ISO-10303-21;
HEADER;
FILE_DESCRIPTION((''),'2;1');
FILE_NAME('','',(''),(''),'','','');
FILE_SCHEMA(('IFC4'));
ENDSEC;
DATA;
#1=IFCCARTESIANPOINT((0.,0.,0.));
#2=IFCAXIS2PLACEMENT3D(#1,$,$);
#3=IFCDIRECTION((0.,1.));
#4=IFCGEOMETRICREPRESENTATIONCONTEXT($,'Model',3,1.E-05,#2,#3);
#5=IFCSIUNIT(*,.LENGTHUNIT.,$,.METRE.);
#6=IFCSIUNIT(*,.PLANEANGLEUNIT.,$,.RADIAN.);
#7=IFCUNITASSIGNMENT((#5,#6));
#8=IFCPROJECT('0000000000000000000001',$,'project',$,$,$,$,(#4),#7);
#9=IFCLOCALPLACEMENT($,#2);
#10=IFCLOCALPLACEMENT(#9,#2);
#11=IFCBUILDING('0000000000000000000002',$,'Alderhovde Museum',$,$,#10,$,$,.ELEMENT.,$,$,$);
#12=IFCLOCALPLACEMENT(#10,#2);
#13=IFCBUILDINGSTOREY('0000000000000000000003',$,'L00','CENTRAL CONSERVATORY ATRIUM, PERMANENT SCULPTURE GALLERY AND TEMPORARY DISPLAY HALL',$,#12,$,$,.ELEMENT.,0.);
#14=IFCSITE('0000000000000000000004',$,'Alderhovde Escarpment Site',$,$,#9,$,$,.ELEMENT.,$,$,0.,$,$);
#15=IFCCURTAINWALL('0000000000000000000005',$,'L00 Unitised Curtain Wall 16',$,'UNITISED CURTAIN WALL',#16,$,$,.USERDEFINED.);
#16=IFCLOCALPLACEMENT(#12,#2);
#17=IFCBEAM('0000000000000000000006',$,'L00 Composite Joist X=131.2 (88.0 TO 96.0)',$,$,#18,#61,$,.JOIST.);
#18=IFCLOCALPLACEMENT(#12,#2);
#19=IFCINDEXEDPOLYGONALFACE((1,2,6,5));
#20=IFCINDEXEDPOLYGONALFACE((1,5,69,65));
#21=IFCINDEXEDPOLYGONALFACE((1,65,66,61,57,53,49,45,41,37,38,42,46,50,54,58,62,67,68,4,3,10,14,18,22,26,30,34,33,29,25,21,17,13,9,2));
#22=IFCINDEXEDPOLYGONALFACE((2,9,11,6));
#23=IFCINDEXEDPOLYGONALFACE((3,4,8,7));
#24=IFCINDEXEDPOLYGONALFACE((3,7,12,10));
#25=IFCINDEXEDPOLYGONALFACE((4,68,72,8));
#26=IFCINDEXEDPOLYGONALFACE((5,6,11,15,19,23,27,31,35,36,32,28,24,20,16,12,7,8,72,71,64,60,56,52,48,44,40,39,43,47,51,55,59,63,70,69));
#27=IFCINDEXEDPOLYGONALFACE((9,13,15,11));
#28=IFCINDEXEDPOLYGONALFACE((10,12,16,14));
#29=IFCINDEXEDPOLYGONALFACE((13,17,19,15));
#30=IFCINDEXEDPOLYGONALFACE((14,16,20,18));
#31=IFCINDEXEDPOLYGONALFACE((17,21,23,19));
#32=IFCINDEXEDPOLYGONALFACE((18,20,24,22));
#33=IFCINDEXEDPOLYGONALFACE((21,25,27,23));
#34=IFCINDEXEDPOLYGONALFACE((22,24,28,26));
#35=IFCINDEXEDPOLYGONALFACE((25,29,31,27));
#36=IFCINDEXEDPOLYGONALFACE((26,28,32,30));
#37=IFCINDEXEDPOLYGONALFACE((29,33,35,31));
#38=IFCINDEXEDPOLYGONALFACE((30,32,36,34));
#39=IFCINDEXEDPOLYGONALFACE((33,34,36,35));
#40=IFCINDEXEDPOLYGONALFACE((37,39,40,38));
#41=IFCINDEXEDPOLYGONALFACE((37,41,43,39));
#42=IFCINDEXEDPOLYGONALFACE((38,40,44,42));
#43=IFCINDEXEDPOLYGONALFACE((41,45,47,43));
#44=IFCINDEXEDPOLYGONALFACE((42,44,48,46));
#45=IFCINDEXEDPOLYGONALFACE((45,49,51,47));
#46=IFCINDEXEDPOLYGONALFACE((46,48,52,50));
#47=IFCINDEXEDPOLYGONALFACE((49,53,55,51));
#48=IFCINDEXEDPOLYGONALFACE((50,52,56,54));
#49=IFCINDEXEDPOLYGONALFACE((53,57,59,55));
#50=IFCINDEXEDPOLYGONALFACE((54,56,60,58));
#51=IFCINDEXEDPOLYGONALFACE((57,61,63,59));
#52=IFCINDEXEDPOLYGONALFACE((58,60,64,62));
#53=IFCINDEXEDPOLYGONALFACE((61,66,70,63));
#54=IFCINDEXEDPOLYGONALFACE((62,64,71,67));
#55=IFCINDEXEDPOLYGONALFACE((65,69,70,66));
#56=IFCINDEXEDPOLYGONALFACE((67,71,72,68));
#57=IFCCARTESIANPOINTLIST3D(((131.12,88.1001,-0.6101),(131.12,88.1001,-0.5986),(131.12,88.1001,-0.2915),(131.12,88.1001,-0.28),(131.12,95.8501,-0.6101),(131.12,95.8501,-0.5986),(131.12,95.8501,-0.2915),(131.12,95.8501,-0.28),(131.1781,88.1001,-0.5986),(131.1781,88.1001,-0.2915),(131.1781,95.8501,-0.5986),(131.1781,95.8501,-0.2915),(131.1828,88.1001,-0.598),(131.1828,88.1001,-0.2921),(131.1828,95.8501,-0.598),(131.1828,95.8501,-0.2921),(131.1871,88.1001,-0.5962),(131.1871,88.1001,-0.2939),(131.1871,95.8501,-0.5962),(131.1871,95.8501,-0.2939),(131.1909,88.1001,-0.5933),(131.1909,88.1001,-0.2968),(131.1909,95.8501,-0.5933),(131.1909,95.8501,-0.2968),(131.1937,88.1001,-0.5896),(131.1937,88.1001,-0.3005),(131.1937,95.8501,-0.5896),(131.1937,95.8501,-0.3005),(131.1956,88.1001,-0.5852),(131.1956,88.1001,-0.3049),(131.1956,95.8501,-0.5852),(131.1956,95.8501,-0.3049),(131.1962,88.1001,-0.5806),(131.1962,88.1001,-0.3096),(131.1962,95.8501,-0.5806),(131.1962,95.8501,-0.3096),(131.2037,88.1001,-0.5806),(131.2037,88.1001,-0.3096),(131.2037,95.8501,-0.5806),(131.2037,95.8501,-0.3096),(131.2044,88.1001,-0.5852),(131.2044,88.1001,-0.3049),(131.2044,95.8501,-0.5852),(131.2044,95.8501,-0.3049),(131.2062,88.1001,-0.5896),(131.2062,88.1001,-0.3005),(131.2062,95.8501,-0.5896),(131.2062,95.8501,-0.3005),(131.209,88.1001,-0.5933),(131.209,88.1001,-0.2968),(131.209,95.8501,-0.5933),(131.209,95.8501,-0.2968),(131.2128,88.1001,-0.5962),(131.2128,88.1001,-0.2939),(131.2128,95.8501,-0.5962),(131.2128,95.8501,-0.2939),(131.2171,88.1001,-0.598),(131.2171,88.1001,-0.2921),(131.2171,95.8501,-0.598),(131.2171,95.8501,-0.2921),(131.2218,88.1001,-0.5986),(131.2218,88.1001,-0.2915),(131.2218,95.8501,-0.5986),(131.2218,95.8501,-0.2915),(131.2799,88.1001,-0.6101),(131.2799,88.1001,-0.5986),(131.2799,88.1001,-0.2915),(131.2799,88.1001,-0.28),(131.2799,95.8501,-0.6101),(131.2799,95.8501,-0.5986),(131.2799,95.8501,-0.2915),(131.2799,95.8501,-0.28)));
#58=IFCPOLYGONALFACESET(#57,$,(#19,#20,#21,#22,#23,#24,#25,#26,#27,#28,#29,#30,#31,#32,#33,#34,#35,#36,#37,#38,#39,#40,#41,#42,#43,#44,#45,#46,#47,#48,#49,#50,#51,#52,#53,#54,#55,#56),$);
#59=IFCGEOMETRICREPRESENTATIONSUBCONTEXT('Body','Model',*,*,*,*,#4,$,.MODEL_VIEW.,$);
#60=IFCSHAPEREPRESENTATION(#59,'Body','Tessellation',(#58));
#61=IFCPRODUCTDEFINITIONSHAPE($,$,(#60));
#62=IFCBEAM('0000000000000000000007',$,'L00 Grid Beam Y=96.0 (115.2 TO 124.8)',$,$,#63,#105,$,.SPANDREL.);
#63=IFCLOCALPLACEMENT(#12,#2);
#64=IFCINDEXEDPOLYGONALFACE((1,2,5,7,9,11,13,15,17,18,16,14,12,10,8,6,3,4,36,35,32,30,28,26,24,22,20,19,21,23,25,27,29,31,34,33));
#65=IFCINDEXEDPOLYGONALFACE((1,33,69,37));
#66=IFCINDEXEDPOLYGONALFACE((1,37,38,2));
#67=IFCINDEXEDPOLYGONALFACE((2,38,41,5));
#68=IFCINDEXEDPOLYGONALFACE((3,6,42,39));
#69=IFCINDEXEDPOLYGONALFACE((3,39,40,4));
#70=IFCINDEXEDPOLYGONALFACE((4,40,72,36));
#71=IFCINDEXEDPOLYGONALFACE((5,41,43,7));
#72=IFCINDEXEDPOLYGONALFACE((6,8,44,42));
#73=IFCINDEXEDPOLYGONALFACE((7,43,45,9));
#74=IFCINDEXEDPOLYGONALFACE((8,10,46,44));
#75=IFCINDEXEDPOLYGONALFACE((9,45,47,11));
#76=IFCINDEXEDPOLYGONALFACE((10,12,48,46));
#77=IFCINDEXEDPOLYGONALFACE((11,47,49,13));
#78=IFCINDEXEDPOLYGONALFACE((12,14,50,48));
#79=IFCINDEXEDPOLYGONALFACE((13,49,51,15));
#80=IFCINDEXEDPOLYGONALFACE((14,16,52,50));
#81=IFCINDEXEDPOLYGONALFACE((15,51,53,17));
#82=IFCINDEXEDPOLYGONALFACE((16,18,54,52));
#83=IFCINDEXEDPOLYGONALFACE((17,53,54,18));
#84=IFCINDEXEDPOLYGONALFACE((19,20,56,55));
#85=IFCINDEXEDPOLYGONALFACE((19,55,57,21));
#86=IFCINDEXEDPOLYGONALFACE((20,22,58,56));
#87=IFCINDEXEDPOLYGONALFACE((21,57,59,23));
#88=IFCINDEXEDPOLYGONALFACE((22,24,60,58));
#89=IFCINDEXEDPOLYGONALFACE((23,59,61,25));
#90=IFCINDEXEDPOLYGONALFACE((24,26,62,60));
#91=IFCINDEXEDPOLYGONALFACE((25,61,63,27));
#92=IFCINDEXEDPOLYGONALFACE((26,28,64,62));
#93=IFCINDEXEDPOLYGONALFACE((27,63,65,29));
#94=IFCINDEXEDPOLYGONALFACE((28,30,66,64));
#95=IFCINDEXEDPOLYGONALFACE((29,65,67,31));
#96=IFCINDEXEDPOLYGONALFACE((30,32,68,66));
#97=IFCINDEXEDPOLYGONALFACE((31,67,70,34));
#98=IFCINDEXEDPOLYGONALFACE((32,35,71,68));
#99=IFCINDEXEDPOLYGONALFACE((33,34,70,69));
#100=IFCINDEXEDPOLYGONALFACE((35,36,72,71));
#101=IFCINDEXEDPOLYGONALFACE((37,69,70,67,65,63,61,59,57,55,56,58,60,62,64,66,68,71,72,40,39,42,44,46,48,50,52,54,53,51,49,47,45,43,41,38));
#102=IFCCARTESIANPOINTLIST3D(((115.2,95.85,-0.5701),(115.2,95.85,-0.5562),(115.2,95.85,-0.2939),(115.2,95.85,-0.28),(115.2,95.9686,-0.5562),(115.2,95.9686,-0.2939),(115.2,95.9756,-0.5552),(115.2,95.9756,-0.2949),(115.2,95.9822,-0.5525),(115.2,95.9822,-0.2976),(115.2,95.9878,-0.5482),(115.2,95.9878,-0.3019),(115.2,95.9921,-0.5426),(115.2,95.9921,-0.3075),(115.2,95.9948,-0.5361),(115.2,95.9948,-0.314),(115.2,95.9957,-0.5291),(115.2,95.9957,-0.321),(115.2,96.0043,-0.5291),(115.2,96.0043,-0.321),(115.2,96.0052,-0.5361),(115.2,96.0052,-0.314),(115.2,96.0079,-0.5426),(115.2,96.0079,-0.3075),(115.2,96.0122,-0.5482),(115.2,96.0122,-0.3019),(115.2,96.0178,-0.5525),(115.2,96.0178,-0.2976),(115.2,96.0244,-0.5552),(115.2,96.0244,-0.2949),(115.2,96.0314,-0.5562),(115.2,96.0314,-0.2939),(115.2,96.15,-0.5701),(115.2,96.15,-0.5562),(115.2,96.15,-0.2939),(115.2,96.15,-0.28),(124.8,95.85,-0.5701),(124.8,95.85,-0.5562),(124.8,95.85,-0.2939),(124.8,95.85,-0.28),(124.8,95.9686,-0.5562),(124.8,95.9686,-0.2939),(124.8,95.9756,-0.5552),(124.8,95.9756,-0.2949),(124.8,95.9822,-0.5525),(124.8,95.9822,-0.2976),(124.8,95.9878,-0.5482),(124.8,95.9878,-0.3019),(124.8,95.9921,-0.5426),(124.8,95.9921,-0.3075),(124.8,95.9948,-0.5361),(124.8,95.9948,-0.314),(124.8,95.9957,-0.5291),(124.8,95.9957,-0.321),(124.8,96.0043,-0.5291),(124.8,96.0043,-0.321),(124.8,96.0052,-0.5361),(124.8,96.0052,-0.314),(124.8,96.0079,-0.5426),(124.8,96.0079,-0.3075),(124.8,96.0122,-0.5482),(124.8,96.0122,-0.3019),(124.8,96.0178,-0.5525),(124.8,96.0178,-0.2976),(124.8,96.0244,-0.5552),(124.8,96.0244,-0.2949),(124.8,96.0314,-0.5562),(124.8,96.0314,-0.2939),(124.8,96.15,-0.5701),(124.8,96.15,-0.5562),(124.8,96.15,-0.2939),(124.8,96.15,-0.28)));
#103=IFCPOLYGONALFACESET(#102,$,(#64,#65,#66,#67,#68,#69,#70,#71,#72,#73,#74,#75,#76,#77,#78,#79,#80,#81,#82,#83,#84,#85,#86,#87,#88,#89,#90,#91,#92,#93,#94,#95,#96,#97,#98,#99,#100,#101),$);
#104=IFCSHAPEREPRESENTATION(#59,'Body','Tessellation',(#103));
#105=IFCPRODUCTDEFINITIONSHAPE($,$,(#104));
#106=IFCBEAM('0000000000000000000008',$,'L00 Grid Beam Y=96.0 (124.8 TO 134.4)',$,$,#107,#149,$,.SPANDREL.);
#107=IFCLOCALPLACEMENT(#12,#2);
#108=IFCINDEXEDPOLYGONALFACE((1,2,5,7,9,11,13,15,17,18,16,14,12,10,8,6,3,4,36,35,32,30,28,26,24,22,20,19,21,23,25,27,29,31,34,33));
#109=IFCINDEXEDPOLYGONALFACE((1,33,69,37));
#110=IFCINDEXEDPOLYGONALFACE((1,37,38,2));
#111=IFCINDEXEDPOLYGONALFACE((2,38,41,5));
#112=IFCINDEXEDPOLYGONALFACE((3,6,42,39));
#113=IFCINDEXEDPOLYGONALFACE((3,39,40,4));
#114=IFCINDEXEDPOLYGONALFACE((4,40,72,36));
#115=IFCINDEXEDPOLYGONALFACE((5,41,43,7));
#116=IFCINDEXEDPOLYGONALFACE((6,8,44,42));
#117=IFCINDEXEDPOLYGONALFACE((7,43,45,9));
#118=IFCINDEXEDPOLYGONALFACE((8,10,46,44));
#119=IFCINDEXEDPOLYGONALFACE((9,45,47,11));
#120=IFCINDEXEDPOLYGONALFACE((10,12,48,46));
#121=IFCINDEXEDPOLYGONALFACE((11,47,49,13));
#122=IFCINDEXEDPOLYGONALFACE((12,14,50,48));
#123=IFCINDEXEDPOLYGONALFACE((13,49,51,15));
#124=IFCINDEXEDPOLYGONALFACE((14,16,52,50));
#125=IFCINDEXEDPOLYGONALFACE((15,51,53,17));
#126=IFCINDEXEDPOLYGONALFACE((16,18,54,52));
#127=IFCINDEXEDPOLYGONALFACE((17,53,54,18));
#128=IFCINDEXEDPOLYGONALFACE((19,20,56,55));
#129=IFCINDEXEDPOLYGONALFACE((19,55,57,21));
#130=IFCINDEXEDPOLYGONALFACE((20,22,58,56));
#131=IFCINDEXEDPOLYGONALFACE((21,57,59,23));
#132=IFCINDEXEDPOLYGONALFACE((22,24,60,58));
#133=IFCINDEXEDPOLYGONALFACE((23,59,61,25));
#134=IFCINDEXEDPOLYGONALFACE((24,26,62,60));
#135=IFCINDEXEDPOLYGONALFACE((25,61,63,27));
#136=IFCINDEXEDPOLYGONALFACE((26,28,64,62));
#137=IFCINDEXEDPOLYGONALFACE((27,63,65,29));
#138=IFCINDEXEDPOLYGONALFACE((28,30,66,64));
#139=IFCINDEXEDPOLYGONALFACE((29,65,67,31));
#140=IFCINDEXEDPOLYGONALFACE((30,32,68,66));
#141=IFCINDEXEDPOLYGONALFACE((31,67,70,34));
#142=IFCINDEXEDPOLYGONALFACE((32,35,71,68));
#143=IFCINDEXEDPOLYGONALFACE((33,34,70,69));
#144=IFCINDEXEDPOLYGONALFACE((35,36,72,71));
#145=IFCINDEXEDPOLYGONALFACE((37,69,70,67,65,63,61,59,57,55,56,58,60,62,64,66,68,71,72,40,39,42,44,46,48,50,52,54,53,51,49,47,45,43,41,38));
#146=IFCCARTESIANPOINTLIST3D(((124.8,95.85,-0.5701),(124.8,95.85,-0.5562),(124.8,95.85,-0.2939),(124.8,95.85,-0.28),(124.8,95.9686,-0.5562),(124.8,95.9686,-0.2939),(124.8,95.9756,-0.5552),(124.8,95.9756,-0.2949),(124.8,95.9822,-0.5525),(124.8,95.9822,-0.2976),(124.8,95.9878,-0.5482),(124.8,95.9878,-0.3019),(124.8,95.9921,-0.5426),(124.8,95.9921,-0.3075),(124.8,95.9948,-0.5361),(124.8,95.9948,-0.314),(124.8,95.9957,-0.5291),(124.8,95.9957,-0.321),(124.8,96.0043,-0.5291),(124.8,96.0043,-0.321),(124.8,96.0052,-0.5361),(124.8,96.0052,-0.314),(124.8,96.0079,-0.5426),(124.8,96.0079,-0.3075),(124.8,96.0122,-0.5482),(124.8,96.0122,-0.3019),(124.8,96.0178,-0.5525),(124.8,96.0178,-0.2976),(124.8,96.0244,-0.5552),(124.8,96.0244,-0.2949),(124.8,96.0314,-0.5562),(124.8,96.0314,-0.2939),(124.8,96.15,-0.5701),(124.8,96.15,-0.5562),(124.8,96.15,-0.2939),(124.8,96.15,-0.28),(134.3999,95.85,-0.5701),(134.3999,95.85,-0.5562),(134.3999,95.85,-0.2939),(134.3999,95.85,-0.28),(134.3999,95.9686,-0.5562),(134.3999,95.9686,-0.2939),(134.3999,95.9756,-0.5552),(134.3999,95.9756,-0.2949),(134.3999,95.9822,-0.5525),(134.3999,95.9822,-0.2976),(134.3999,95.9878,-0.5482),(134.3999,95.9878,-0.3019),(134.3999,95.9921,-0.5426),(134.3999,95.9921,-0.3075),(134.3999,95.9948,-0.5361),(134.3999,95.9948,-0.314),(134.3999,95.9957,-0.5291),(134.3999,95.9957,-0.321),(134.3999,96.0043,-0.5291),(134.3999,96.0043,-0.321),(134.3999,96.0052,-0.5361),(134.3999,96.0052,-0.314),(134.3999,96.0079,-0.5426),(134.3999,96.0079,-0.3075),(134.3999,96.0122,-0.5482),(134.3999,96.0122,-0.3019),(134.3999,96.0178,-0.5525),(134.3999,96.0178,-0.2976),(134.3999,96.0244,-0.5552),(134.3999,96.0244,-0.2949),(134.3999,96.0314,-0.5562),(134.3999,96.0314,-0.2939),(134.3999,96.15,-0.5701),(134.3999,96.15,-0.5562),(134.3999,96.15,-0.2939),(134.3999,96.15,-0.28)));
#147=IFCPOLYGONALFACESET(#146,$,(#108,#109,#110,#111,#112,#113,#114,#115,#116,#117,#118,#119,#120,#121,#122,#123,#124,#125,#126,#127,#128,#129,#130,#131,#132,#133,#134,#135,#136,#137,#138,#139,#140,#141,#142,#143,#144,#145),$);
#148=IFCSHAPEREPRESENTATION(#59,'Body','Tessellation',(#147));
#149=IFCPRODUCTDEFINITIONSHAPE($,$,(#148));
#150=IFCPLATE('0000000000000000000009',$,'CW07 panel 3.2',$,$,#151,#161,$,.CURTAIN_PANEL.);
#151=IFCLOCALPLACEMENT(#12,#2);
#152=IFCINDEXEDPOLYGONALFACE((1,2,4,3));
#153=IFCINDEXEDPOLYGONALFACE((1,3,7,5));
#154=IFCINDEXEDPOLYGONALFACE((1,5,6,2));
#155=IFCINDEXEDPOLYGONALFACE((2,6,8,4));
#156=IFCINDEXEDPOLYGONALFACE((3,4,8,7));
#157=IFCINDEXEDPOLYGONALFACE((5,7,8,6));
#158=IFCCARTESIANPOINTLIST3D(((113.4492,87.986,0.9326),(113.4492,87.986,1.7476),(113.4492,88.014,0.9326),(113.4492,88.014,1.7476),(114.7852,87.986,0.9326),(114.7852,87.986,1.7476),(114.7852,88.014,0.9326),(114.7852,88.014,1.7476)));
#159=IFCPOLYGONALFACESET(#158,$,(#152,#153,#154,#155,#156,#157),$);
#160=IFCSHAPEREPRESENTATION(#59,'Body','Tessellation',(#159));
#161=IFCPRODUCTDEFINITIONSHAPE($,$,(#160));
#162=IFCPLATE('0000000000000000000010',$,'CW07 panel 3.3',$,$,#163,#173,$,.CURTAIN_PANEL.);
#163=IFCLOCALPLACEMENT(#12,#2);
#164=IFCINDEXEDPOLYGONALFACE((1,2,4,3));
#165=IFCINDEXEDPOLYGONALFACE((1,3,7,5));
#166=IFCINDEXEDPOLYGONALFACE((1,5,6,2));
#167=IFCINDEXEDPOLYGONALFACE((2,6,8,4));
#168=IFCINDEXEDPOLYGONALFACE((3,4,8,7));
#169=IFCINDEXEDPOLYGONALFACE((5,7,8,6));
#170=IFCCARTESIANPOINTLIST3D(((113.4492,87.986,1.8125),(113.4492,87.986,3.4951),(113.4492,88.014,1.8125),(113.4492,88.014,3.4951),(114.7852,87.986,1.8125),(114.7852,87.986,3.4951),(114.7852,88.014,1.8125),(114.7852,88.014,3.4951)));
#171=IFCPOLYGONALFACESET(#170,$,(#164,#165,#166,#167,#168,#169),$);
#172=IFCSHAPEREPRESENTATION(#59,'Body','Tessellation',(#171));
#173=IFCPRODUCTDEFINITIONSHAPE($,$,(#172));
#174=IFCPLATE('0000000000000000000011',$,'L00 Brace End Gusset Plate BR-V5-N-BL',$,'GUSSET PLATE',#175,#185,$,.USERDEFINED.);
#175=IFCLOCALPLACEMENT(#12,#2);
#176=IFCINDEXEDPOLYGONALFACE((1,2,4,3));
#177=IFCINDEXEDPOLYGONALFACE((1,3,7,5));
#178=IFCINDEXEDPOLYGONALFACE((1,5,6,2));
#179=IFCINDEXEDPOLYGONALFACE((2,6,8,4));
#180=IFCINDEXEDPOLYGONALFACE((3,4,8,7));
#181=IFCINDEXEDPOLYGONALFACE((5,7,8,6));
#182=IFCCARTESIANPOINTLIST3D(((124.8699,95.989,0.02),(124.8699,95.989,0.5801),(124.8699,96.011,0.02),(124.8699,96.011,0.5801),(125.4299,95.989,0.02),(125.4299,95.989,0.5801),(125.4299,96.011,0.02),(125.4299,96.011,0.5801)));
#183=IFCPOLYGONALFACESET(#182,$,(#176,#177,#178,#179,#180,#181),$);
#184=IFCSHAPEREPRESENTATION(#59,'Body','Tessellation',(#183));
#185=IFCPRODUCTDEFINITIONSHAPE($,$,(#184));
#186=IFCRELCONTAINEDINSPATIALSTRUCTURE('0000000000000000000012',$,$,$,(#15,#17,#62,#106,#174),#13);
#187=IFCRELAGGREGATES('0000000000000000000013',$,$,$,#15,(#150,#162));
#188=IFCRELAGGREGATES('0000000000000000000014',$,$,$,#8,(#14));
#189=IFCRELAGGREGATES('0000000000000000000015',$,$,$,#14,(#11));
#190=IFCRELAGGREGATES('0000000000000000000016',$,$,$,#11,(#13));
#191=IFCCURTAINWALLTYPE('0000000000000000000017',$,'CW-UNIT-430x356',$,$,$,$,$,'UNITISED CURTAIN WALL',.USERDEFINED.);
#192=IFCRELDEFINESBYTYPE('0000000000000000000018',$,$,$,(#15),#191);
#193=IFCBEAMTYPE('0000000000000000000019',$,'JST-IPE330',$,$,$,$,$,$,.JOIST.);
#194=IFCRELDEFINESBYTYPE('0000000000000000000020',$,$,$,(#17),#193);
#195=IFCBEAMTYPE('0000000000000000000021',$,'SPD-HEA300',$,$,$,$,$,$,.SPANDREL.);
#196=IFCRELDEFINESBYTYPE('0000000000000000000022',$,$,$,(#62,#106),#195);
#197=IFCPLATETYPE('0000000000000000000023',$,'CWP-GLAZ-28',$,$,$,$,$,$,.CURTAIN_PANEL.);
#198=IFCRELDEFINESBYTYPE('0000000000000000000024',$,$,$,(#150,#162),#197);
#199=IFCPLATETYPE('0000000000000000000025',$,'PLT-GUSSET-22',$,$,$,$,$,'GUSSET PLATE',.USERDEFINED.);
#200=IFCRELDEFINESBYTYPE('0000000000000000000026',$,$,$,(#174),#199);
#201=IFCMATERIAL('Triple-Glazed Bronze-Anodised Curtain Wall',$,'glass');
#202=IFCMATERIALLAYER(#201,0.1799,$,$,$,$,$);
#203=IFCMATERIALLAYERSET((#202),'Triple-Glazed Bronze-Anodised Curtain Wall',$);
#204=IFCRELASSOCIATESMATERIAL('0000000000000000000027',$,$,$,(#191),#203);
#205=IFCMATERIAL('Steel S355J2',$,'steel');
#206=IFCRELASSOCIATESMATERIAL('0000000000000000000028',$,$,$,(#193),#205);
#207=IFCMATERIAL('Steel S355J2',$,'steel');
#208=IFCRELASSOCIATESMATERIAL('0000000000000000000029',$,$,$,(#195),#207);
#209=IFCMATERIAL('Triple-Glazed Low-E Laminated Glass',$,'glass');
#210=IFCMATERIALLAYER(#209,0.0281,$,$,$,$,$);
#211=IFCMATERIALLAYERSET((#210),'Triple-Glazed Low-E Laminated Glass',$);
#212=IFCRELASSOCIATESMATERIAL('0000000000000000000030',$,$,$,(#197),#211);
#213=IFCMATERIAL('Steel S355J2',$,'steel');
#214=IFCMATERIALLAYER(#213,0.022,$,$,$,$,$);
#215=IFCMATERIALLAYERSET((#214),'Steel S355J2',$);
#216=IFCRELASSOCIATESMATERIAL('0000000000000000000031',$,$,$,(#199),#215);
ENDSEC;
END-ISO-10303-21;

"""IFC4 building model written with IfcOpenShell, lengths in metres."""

from ifc_helpers import new_model, si_unit, direction, frame, origin, origin_2d, place, context, subcontext, project, spatial, rectangle, i_section, extrude, material, layer, layer_set, material_profile, profile_set, type_object, element, aggregate, save


model = new_model("IFC4")

# Units and contexts
model_context = context("Model", 3, precision=1e-05, world=origin(), true_north=direction((0.0, 1.0)))
body_context = subcontext(model_context, "Body", "Model", "MODEL_VIEW")
ifc_project = project(units=[si_unit("LENGTHUNIT", "METRE"), si_unit("PLANEANGLEUNIT", "RADIAN")], contexts=[model_context])

# Site, building, storey
site_placement = place(None, origin())
site = spatial("IfcSite", under=ifc_project, at=site_placement, Name="Alderhovde Escarpment Site", CompositionType="ELEMENT", RefElevation=0.0)
building_placement = place(site_placement, origin())
building = spatial("IfcBuilding", under=site, at=building_placement, Name="Alderhovde Museum", CompositionType="ELEMENT")
storey_placement = place(building_placement, origin())
storey = spatial("IfcBuildingStorey", under=building, at=storey_placement, Name="L00", Description="CENTRAL CONSERVATORY ATRIUM, PERMANENT SCULPTURE GALLERY AND TEMPORARY DISPLAY HALL", CompositionType="ELEMENT", Elevation=0.0)

# Curtain wall
ifc_material_1 = material(Name="Triple-Glazed Bronze-Anodised Curtain Wall", Category="glass")
ifc_layer_1 = layer(ifc_material_1, 0.1799)
ifc_layer_set_1 = layer_set([ifc_layer_1], Name="Triple-Glazed Bronze-Anodised Curtain Wall")
curtain_wall_type = type_object("IfcCurtainWallType", Name="CW-UNIT-430x356", ElementType="UNITISED CURTAIN WALL", PredefinedType="USERDEFINED", material=ifc_layer_set_1)
curtain_wall_placement = place(storey_placement, origin())
curtain_wall = element("IfcCurtainWall", 1, at=curtain_wall_placement, inside=storey, type_object=curtain_wall_type, Name="L00 Unitised Curtain Wall 16", ObjectType="UNITISED CURTAIN WALL", PredefinedType="USERDEFINED")

# Beams
ifc_material_2 = material(Name="Steel S355J2", Category="steel")
ifc_material_profile_1 = material_profile(ifc_material_2, i_section(OverallWidth=0.1599, OverallDepth=0.3301, WebThickness=0.0076, FlangeThickness=0.0115, FilletRadius=0.0181, at=origin_2d()), Name="IPE 330")
ifc_profile_set_1 = profile_set([ifc_material_profile_1], Name="Steel S355J2")
beam_type_1 = type_object("IfcBeamType", Name="JST-IPE330", PredefinedType="JOIST", material=ifc_profile_set_1)
for number, where, z_axis, x_axis, name in (
    (2, (131.2, 88.1001, -0.4451), (0.0, 1.0, 0.0), (-1.0, 0.0, 0.0), "L00 Composite Joist X=131.2 (88.0 TO 96.0)"),
):
    element("IfcBeam", number, at=place(storey_placement, frame(where, z_axis=z_axis, x_axis=x_axis)), inside=storey, type_object=beam_type_1, Name=name, PredefinedType="JOIST", context=body_context, shape_type="SweptSolid", body=[
        extrude(i_section(OverallWidth=0.1599, OverallDepth=0.3301, WebThickness=0.0076, FlangeThickness=0.0115, FilletRadius=0.0181, at=origin_2d()), origin(), (0.0, 0.0, 1.0), 7.75),
    ])
ifc_material_3 = material(Name="Steel S355J2", Category="steel")
ifc_material_profile_2 = material_profile(ifc_material_3, i_section(OverallWidth=0.3, OverallDepth=0.29, WebThickness=0.0085, FlangeThickness=0.0139, FilletRadius=0.0271, at=origin_2d()), Name="HEA 300")
ifc_profile_set_2 = profile_set([ifc_material_profile_2], Name="Steel S355J2")
beam_type_2 = type_object("IfcBeamType", Name="SPD-HEA300", PredefinedType="SPANDREL", material=ifc_profile_set_2)
beam_1_placement = place(storey_placement, frame((115.2, 96.0, -0.425), z_axis=(1.0, 0.0, 0.0), x_axis=(0.0, 1.0, 0.0)))
element("IfcBeam", 3, at=beam_1_placement, inside=storey, type_object=beam_type_2, Name="L00 Grid Beam Y=96.0 (115.2 TO 124.8)", PredefinedType="SPANDREL", context=body_context, shape_type="SweptSolid", body=[
    extrude(i_section(OverallWidth=0.3, OverallDepth=0.29, WebThickness=0.0085, FlangeThickness=0.0139, FilletRadius=0.0271, at=origin_2d()), origin(), (0.0, 0.0, 1.0), 9.6001),
])
beam_2_placement = place(storey_placement, frame((124.8, 96.0, -0.425), z_axis=(1.0, 0.0, 0.0), x_axis=(0.0, 1.0, 0.0)))
element("IfcBeam", 4, at=beam_2_placement, inside=storey, type_object=beam_type_2, Name="L00 Grid Beam Y=96.0 (124.8 TO 134.4)", PredefinedType="SPANDREL", context=body_context, shape_type="SweptSolid", body=[
    extrude(i_section(OverallWidth=0.3, OverallDepth=0.29, WebThickness=0.0085, FlangeThickness=0.0139, FilletRadius=0.0271, at=origin_2d()), origin(), (0.0, 0.0, 1.0), 9.5999),
])

# Plates
ifc_material_4 = material(Name="Triple-Glazed Low-E Laminated Glass", Category="glass")
ifc_layer_2 = layer(ifc_material_4, 0.0281)
ifc_layer_set_2 = layer_set([ifc_layer_2], Name="Triple-Glazed Low-E Laminated Glass")
plate_type_1 = type_object("IfcPlateType", Name="CWP-GLAZ-28", PredefinedType="CURTAIN_PANEL", material=ifc_layer_set_2)
plate_1_placement = place(storey_placement, frame((114.1172, 88.0, 0.9326), z_axis=(0.0, 0.0, 1.0), x_axis=(1.0, 0.0, 0.0)))
plate_1 = element("IfcPlate", 5, at=plate_1_placement, type_object=plate_type_1, Name="CW07 panel 3.2", PredefinedType="CURTAIN_PANEL", context=body_context, shape_type="SweptSolid", body=[
    extrude(rectangle(XDim=1.3359, YDim=0.0281, at=origin_2d()), origin(), (0.0, 0.0, 1.0), 0.8149),
])
plate_2_placement = place(storey_placement, frame((114.1172, 88.0, 1.8125), z_axis=(0.0, 0.0, 1.0), x_axis=(1.0, 0.0, 0.0)))
plate_2 = element("IfcPlate", 6, at=plate_2_placement, type_object=plate_type_1, Name="CW07 panel 3.3", PredefinedType="CURTAIN_PANEL", context=body_context, shape_type="SweptSolid", body=[
    extrude(rectangle(XDim=1.3359, YDim=0.0281, at=origin_2d()), origin(), (0.0, 0.0, 1.0), 1.6826),
])
aggregate(curtain_wall, [plate_1, plate_2])

# Plate
ifc_material_5 = material(Name="Steel S355J2", Category="steel")
ifc_layer_3 = layer(ifc_material_5, 0.022)
ifc_layer_set_3 = layer_set([ifc_layer_3], Name="Steel S355J2")
plate_type_2 = type_object("IfcPlateType", Name="PLT-GUSSET-22", ElementType="GUSSET PLATE", PredefinedType="USERDEFINED", material=ifc_layer_set_3)
for number, where, z_axis, x_axis, name in (
    (7, (125.1499, 96.0, 0.02), (0.0, 0.0, 1.0), (1.0, 0.0, 0.0), "L00 Brace End Gusset Plate BR-V5-N-BL"),
):
    element("IfcPlate", number, at=place(storey_placement, frame(where, z_axis=z_axis, x_axis=x_axis)), inside=storey, type_object=plate_type_2, Name=name, ObjectType="GUSSET PLATE", PredefinedType="USERDEFINED", context=body_context, shape_type="SweptSolid", body=[
        extrude(rectangle(XDim=0.5601, YDim=0.022, at=origin_2d()), origin(), (0.0, 0.0, 1.0), 0.5601),
    ])

save(model, "model.ifc")
